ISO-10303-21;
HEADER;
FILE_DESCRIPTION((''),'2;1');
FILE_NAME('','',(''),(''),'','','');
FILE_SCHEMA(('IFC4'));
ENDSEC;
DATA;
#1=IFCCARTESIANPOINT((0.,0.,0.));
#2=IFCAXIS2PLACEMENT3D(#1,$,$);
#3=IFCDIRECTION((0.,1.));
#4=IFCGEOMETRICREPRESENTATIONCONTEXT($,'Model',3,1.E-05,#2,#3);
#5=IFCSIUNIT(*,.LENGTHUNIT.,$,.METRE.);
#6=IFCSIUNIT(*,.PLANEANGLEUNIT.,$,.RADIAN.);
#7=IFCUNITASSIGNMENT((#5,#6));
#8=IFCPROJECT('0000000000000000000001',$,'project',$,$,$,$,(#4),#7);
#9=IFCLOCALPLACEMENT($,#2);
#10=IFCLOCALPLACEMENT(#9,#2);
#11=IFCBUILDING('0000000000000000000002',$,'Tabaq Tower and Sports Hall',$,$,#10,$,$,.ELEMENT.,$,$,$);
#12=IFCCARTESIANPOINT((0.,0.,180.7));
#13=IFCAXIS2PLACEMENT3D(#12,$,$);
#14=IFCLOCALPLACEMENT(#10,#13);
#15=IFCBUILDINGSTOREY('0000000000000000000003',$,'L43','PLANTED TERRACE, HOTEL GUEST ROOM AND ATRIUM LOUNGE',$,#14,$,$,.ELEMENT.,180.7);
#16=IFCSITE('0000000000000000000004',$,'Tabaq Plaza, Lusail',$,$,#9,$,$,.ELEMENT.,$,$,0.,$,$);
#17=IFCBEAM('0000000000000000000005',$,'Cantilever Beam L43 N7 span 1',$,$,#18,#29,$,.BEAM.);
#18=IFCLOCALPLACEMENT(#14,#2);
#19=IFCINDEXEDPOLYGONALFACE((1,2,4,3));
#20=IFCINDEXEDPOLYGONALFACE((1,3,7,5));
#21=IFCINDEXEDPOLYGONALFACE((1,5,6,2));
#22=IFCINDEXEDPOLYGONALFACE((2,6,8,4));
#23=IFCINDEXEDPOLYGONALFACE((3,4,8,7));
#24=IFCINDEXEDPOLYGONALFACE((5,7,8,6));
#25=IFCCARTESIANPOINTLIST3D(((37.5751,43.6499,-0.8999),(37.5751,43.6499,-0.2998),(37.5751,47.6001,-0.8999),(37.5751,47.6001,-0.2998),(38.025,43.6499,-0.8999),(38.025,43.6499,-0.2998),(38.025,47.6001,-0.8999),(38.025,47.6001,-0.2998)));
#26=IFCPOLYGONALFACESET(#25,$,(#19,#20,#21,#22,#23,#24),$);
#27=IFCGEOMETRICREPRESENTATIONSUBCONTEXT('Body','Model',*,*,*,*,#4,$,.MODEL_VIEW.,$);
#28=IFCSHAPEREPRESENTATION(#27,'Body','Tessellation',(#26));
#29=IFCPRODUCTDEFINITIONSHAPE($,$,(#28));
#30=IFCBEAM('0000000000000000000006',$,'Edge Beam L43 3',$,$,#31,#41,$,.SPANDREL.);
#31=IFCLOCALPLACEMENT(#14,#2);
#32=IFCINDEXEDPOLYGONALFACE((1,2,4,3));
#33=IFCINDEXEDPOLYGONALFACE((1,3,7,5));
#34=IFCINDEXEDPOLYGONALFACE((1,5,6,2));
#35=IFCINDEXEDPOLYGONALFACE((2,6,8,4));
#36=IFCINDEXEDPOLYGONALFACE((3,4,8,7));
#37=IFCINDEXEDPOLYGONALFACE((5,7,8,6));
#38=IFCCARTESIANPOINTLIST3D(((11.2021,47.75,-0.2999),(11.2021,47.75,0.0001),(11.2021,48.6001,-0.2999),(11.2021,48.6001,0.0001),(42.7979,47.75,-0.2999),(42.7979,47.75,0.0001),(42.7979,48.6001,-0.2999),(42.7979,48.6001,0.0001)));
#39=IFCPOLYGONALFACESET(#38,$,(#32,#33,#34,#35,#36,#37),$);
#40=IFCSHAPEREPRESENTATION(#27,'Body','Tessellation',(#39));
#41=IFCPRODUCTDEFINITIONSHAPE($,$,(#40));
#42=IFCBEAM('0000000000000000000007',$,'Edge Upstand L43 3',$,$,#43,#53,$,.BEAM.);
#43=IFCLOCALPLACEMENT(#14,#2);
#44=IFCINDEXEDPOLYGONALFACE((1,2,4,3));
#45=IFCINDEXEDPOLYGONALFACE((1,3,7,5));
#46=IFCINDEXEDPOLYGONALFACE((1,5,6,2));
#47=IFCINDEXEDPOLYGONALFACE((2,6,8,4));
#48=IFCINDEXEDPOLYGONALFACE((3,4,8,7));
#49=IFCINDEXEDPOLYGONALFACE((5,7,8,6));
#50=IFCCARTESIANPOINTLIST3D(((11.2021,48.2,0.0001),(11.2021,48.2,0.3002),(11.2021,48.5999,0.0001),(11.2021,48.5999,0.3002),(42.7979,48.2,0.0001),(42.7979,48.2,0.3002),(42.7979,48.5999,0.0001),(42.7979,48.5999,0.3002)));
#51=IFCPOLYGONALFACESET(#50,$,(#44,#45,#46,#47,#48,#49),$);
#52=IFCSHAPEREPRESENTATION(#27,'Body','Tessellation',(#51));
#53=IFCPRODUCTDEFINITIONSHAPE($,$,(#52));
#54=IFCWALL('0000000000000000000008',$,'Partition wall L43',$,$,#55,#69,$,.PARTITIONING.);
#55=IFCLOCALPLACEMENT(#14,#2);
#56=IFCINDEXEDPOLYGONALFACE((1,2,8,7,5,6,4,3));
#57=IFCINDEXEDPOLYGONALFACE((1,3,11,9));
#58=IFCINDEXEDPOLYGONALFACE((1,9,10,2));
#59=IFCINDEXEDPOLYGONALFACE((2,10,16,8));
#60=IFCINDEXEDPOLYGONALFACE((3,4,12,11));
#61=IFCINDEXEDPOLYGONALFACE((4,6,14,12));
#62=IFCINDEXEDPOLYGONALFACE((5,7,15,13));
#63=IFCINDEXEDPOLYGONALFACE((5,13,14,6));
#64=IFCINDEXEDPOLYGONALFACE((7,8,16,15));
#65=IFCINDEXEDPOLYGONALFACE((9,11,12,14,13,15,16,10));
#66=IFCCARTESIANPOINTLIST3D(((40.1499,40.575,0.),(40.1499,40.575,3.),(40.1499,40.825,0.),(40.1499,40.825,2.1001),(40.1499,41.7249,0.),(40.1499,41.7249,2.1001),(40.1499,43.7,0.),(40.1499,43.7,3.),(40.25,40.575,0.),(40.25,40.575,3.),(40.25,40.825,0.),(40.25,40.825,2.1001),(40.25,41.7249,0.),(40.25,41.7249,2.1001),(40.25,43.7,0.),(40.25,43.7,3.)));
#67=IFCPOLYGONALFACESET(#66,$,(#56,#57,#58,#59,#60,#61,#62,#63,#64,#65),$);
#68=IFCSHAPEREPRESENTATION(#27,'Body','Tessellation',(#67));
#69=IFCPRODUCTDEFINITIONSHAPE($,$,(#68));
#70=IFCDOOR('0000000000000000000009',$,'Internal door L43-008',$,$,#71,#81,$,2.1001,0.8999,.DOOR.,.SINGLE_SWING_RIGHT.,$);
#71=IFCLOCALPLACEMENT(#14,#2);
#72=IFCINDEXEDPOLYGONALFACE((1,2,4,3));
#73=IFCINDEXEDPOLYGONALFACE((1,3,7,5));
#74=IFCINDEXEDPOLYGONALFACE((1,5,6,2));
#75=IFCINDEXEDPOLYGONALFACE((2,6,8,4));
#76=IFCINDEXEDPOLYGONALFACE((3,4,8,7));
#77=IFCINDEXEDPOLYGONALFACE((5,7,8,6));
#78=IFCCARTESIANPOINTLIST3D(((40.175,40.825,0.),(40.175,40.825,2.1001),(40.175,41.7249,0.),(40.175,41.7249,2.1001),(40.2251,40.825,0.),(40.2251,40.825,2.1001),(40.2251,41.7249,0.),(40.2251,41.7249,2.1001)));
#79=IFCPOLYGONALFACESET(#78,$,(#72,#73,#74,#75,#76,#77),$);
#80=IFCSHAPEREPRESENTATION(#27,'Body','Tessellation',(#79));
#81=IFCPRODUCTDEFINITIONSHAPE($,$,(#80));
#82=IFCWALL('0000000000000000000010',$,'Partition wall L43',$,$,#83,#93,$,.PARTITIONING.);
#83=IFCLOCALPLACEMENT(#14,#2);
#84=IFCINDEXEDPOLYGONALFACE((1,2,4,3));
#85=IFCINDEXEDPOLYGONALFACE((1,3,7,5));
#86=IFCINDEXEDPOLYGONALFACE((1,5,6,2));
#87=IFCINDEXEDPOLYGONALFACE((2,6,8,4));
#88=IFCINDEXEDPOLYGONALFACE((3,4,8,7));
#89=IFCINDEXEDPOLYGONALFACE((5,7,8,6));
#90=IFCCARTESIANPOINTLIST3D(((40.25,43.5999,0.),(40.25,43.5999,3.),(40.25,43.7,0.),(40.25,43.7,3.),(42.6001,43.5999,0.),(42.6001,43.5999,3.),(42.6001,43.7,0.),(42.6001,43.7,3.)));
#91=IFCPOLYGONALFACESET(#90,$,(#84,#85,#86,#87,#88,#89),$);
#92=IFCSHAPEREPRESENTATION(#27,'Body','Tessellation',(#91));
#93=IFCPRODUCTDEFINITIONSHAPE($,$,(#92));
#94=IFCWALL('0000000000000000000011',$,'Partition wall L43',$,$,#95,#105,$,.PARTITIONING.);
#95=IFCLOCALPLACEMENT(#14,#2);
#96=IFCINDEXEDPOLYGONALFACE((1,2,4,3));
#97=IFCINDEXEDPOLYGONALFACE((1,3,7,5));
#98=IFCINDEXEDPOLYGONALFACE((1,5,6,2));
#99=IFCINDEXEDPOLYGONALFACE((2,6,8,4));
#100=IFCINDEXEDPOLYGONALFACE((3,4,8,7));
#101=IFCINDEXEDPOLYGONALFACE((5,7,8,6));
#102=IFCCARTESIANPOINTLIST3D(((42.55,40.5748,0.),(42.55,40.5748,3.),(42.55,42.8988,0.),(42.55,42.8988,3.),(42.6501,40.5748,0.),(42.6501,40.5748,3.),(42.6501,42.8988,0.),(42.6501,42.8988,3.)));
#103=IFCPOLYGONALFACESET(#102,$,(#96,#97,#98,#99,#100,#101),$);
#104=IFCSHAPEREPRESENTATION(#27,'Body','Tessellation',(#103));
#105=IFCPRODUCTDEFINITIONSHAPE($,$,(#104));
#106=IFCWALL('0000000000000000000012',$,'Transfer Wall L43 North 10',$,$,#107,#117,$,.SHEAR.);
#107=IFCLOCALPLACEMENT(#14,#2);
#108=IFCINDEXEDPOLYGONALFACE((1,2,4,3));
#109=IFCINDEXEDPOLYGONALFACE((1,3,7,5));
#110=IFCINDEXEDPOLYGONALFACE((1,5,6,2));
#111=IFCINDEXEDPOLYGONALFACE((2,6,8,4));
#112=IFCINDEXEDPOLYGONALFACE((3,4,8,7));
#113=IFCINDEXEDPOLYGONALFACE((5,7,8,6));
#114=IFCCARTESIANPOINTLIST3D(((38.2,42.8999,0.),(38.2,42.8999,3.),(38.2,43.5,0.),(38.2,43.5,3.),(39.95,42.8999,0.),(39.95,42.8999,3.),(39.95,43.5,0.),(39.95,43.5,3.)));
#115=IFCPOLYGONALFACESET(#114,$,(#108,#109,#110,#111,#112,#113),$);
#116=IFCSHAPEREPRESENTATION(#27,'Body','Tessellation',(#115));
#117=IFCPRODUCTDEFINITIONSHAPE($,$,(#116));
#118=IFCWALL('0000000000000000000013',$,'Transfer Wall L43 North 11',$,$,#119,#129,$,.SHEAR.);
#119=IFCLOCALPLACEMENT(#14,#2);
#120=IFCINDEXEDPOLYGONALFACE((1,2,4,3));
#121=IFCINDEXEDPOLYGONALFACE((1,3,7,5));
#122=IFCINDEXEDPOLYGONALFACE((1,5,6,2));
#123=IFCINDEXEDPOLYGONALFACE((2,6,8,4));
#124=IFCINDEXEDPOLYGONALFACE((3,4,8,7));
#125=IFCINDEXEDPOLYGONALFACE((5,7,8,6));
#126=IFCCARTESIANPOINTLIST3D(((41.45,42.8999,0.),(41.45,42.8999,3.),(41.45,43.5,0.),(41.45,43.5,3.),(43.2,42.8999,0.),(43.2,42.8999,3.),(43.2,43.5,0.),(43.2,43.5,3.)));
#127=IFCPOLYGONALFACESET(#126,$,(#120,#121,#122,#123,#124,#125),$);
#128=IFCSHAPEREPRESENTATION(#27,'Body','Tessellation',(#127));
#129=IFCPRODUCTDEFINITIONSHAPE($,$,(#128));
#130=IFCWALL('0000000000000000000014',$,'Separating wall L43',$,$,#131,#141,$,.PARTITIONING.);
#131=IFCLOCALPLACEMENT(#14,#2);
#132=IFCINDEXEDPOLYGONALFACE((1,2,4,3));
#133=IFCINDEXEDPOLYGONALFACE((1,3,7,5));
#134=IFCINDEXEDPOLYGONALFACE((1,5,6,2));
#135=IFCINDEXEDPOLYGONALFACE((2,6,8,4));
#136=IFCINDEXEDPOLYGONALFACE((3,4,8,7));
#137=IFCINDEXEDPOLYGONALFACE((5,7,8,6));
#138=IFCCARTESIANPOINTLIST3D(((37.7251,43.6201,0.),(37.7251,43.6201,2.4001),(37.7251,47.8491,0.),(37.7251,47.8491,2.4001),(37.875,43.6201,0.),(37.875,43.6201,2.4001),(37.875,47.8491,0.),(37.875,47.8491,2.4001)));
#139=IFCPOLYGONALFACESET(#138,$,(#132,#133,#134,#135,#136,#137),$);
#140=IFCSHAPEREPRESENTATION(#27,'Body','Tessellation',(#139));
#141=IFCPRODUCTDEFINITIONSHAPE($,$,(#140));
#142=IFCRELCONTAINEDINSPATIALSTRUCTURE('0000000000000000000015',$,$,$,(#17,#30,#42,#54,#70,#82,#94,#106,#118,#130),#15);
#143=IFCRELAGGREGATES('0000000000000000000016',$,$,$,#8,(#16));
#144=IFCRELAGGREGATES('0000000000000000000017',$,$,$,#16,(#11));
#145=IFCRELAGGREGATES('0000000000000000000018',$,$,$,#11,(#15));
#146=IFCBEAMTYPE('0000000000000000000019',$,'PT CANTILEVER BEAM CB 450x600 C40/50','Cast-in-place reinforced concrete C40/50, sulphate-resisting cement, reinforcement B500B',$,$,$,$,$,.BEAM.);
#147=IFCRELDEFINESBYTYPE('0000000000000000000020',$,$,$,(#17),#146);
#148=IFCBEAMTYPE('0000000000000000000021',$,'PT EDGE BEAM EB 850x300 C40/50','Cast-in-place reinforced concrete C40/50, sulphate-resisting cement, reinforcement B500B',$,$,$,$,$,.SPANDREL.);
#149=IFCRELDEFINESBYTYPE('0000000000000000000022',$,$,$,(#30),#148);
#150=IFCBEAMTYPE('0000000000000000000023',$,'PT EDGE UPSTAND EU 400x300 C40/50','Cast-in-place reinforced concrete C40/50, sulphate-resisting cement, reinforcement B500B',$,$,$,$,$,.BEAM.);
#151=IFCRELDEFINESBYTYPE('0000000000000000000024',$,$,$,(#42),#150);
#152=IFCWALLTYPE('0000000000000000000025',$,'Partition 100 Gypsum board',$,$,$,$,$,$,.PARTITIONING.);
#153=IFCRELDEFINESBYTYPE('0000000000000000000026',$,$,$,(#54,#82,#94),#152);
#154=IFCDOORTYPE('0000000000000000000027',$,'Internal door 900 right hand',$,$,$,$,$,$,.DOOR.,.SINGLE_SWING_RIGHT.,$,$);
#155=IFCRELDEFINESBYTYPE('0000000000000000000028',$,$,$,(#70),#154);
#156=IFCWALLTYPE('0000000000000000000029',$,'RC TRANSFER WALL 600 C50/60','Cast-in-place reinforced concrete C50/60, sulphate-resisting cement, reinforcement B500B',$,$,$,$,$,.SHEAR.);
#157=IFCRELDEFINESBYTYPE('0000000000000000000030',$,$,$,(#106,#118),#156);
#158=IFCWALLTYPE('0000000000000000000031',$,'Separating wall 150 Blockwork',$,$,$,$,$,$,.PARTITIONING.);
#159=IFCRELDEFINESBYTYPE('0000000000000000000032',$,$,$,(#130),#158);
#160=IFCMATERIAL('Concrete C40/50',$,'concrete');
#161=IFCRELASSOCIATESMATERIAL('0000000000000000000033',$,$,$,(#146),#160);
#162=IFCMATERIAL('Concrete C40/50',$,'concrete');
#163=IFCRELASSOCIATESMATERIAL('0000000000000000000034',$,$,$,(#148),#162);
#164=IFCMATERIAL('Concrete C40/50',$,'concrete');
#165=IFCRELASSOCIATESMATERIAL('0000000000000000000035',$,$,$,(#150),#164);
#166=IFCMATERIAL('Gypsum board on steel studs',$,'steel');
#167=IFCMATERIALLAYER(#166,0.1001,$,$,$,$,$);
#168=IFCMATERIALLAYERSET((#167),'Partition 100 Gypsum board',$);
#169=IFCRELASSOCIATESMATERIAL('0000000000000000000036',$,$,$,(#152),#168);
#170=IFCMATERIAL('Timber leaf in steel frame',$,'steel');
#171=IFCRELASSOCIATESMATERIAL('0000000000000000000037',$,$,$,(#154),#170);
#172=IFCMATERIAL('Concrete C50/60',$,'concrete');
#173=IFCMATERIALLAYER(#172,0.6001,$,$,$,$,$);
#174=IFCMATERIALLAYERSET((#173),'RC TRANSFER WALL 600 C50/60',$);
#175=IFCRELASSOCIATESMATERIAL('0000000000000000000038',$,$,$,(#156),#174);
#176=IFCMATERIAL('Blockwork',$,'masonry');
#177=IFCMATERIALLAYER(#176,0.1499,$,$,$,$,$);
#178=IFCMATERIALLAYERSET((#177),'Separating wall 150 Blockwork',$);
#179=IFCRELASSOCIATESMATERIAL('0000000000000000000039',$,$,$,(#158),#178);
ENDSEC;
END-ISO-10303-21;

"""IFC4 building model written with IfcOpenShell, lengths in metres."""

from ifc_helpers import new_model, si_unit, direction, frame, frame_2d, origin, origin_2d, place, context, subcontext, project, spatial, rectangle, extrude, material, layer, layer_set, material_profile, profile_set, type_object, element, fill, save


model = new_model("IFC4")

# Units and contexts
model_context = context("Model", 3, precision=1e-05, world=origin(), true_north=direction((0.0, 1.0)))
body_context = subcontext(model_context, "Body", "Model", "MODEL_VIEW")
ifc_project = project(units=[si_unit("LENGTHUNIT", "METRE"), si_unit("PLANEANGLEUNIT", "RADIAN")], contexts=[model_context])

# Site, building, storey
site_placement = place(None, origin())
site = spatial("IfcSite", under=ifc_project, at=site_placement, Name="Tabaq Plaza, Lusail", CompositionType="ELEMENT", RefElevation=0.0)
building_placement = place(site_placement, origin())
building = spatial("IfcBuilding", under=site, at=building_placement, Name="Tabaq Tower and Sports Hall", CompositionType="ELEMENT")
storey_placement = place(building_placement, frame((0.0, 0.0, 180.7)))
storey = spatial("IfcBuildingStorey", under=building, at=storey_placement, Name="L43", Description="PLANTED TERRACE, HOTEL GUEST ROOM AND ATRIUM LOUNGE", CompositionType="ELEMENT", Elevation=180.7)

# Beams
ifc_material_1 = material(Name="Concrete C40/50", Category="concrete")
ifc_material_profile_1 = material_profile(ifc_material_1, rectangle(XDim=0.45, YDim=0.6001, at=origin_2d()), Name="CB 450x600")
ifc_profile_set_1 = profile_set([ifc_material_profile_1], Name="Concrete C40/50")
beam_type_1 = type_object("IfcBeamType", Name="PT CANTILEVER BEAM CB 450x600 C40/50", Description="Cast-in-place reinforced concrete C40/50, sulphate-resisting cement, reinforcement B500B", PredefinedType="BEAM", material=ifc_profile_set_1)
beam_1_placement = place(storey_placement, frame((37.8, 47.6001, -0.5999), z_axis=(0.0, -1.0, 0.0), x_axis=(1.0, 0.0, 0.0)))
element("IfcBeam", 1, at=beam_1_placement, inside=storey, type_object=beam_type_1, Name="Cantilever Beam L43 N7 span 1", PredefinedType="BEAM", context=body_context, shape_type="SweptSolid", body=[
    extrude(rectangle(XDim=0.45, YDim=0.6001, at=origin_2d()), origin(), (0.0, 0.0, 1.0), 3.9502),
])
ifc_material_2 = material(Name="Concrete C40/50", Category="concrete")
ifc_material_profile_2 = material_profile(ifc_material_2, rectangle(XDim=0.8501, YDim=0.3, at=origin_2d()), Name="EB 850x300")
ifc_profile_set_2 = profile_set([ifc_material_profile_2], Name="Concrete C40/50")
beam_type_2 = type_object("IfcBeamType", Name="PT EDGE BEAM EB 850x300 C40/50", Description="Cast-in-place reinforced concrete C40/50, sulphate-resisting cement, reinforcement B500B", PredefinedType="SPANDREL", material=ifc_profile_set_2)
beam_2_placement = place(storey_placement, frame((42.7979, 48.175, -0.1499), z_axis=(-1.0, 0.0, 0.0), x_axis=(0.0, -1.0, 0.0)))
element("IfcBeam", 2, at=beam_2_placement, inside=storey, type_object=beam_type_2, Name="Edge Beam L43 3", PredefinedType="SPANDREL", context=body_context, shape_type="SweptSolid", body=[
    extrude(rectangle(XDim=0.8501, YDim=0.3, at=origin_2d()), origin(), (0.0, 0.0, 1.0), 31.5957),
])
ifc_material_3 = material(Name="Concrete C40/50", Category="concrete")
ifc_material_profile_3 = material_profile(ifc_material_3, rectangle(XDim=0.3999, YDim=0.3, at=origin_2d()), Name="EU 400x300")
ifc_profile_set_3 = profile_set([ifc_material_profile_3], Name="Concrete C40/50")
beam_type_3 = type_object("IfcBeamType", Name="PT EDGE UPSTAND EU 400x300 C40/50", Description="Cast-in-place reinforced concrete C40/50, sulphate-resisting cement, reinforcement B500B", PredefinedType="BEAM", material=ifc_profile_set_3)
beam_3_placement = place(storey_placement, frame((42.7979, 48.3999, 0.1501), z_axis=(-1.0, 0.0, 0.0), x_axis=(0.0, -1.0, 0.0)))
element("IfcBeam", 3, at=beam_3_placement, inside=storey, type_object=beam_type_3, Name="Edge Upstand L43 3", PredefinedType="BEAM", context=body_context, shape_type="SweptSolid", body=[
    extrude(rectangle(XDim=0.3999, YDim=0.3, at=origin_2d()), origin(), (0.0, 0.0, 1.0), 31.5957),
])

# Wall, opening, door
ifc_material_4 = material(Name="Gypsum board on steel studs", Category="steel")
ifc_layer_1 = layer(ifc_material_4, 0.1001)
ifc_layer_set_1 = layer_set([ifc_layer_1], Name="Partition 100 Gypsum board")
wall_type_1 = type_object("IfcWallType", Name="Partition 100 Gypsum board", PredefinedType="PARTITIONING", material=ifc_layer_set_1)
wall_1_placement = place(storey_placement, frame((40.2, 40.575, 0.0), z_axis=(0.0, 0.0, 1.0), x_axis=(0.0, 1.0, 0.0)))
wall_1 = element("IfcWall", 4, at=wall_1_placement, inside=storey, type_object=wall_type_1, Name="Partition wall L43", PredefinedType="PARTITIONING", context=body_context, shape_type="SweptSolid", body=[
    extrude(rectangle(XDim=3.125, YDim=0.1001, at=frame_2d((1.5625, 0.0))), origin(), (0.0, 0.0, 1.0), 3.0),
])
opening_1_placement = place(wall_1_placement, frame((0.25, 0.0, 0.0)))
opening_1 = element("IfcOpeningElement", 5, at=opening_1_placement, cuts=wall_1, PredefinedType="OPENING", context=body_context, shape_type="SweptSolid", body=[
    extrude(rectangle(XDim=0.8999, YDim=2.1001, at=frame_2d((0.45, 1.05))), frame((0.0, 0.05, 0.0), z_axis=(0.0, -1.0, 0.0), x_axis=(1.0, 0.0, 0.0)), (0.0, 0.0, 1.0), 0.1001),
])
ifc_material_5 = material(Name="Timber leaf in steel frame", Category="steel")
door_type = type_object("IfcDoorType", Name="Internal door 900 right hand", OperationType="SINGLE_SWING_RIGHT", PredefinedType="DOOR", material=ifc_material_5)
door_placement = place(opening_1_placement, origin())
door = element("IfcDoor", 6, at=door_placement, inside=storey, type_object=door_type, Name="Internal door L43-008", OperationType="SINGLE_SWING_RIGHT", OverallHeight=2.1001, OverallWidth=0.8999, PredefinedType="DOOR", context=body_context, shape_type="SweptSolid", body=[
    extrude(rectangle(XDim=0.8999, YDim=2.1001, at=frame_2d((0.45, 1.05))), frame((0.0, 0.0249, 0.0), z_axis=(0.0, -1.0, 0.0), x_axis=(1.0, 0.0, 0.0)), (0.0, 0.0, 1.0), 0.05),
])
fill(opening_1, door)

# Walls
wall_2_placement = place(storey_placement, frame((40.25, 43.6499, 0.0), z_axis=(0.0, 0.0, 1.0), x_axis=(1.0, 0.0, 0.0)))
element("IfcWall", 7, at=wall_2_placement, inside=storey, type_object=wall_type_1, Name="Partition wall L43", PredefinedType="PARTITIONING", context=body_context, shape_type="SweptSolid", body=[
    extrude(rectangle(XDim=2.3501, YDim=0.1001, at=frame_2d((1.175, 0.0))), origin(), (0.0, 0.0, 1.0), 3.0),
])
wall_3_placement = place(storey_placement, frame((42.6001, 42.8989, 0.0), z_axis=(0.0, 0.0, 1.0), x_axis=(0.0, -1.0, 0.0)))
element("IfcWall", 8, at=wall_3_placement, inside=storey, type_object=wall_type_1, Name="Partition wall L43", PredefinedType="PARTITIONING", context=body_context, shape_type="SweptSolid", body=[
    extrude(rectangle(XDim=2.324, YDim=0.1001, at=frame_2d((1.1621, 0.0))), origin(), (0.0, 0.0, 1.0), 3.0),
])
ifc_material_6 = material(Name="Concrete C50/60", Category="concrete")
ifc_layer_2 = layer(ifc_material_6, 0.6001)
ifc_layer_set_2 = layer_set([ifc_layer_2], Name="RC TRANSFER WALL 600 C50/60")
wall_type_2 = type_object("IfcWallType", Name="RC TRANSFER WALL 600 C50/60", Description="Cast-in-place reinforced concrete C50/60, sulphate-resisting cement, reinforcement B500B", PredefinedType="SHEAR", material=ifc_layer_set_2)
for number, where, z_axis, x_axis, name in (
    (9, (38.2, 43.2, 0.0), (0.0, 0.0, 1.0), (1.0, 0.0, 0.0), "Transfer Wall L43 North 10"),
    (10, (41.45, 43.2, 0.0), (0.0, 0.0, 1.0), (1.0, 0.0, 0.0), "Transfer Wall L43 North 11"),
):
    element("IfcWall", number, at=place(storey_placement, frame(where, z_axis=z_axis, x_axis=x_axis)), inside=storey, type_object=wall_type_2, Name=name, PredefinedType="SHEAR", context=body_context, shape_type="SweptSolid", body=[
        extrude(rectangle(XDim=1.75, YDim=0.6001, at=frame_2d((0.875, 0.0))), origin(), (0.0, 0.0, 1.0), 3.0),
    ])
ifc_material_7 = material(Name="Blockwork", Category="masonry")
ifc_layer_3 = layer(ifc_material_7, 0.1499)
ifc_layer_set_3 = layer_set([ifc_layer_3], Name="Separating wall 150 Blockwork")
wall_type_3 = type_object("IfcWallType", Name="Separating wall 150 Blockwork", PredefinedType="PARTITIONING", material=ifc_layer_set_3)
wall_4_placement = place(storey_placement, frame((37.8, 43.6201, 0.0), z_axis=(0.0, 0.0, 1.0), x_axis=(0.0, 1.0, 0.0)))
element("IfcWall", 11, at=wall_4_placement, inside=storey, type_object=wall_type_3, Name="Separating wall L43", PredefinedType="PARTITIONING", context=body_context, shape_type="SweptSolid", body=[
    extrude(rectangle(XDim=4.229, YDim=0.1499, at=frame_2d((2.1145, 0.0))), origin(), (0.0, 0.0, 1.0), 2.4001),
])

save(model, "model.ifc")
